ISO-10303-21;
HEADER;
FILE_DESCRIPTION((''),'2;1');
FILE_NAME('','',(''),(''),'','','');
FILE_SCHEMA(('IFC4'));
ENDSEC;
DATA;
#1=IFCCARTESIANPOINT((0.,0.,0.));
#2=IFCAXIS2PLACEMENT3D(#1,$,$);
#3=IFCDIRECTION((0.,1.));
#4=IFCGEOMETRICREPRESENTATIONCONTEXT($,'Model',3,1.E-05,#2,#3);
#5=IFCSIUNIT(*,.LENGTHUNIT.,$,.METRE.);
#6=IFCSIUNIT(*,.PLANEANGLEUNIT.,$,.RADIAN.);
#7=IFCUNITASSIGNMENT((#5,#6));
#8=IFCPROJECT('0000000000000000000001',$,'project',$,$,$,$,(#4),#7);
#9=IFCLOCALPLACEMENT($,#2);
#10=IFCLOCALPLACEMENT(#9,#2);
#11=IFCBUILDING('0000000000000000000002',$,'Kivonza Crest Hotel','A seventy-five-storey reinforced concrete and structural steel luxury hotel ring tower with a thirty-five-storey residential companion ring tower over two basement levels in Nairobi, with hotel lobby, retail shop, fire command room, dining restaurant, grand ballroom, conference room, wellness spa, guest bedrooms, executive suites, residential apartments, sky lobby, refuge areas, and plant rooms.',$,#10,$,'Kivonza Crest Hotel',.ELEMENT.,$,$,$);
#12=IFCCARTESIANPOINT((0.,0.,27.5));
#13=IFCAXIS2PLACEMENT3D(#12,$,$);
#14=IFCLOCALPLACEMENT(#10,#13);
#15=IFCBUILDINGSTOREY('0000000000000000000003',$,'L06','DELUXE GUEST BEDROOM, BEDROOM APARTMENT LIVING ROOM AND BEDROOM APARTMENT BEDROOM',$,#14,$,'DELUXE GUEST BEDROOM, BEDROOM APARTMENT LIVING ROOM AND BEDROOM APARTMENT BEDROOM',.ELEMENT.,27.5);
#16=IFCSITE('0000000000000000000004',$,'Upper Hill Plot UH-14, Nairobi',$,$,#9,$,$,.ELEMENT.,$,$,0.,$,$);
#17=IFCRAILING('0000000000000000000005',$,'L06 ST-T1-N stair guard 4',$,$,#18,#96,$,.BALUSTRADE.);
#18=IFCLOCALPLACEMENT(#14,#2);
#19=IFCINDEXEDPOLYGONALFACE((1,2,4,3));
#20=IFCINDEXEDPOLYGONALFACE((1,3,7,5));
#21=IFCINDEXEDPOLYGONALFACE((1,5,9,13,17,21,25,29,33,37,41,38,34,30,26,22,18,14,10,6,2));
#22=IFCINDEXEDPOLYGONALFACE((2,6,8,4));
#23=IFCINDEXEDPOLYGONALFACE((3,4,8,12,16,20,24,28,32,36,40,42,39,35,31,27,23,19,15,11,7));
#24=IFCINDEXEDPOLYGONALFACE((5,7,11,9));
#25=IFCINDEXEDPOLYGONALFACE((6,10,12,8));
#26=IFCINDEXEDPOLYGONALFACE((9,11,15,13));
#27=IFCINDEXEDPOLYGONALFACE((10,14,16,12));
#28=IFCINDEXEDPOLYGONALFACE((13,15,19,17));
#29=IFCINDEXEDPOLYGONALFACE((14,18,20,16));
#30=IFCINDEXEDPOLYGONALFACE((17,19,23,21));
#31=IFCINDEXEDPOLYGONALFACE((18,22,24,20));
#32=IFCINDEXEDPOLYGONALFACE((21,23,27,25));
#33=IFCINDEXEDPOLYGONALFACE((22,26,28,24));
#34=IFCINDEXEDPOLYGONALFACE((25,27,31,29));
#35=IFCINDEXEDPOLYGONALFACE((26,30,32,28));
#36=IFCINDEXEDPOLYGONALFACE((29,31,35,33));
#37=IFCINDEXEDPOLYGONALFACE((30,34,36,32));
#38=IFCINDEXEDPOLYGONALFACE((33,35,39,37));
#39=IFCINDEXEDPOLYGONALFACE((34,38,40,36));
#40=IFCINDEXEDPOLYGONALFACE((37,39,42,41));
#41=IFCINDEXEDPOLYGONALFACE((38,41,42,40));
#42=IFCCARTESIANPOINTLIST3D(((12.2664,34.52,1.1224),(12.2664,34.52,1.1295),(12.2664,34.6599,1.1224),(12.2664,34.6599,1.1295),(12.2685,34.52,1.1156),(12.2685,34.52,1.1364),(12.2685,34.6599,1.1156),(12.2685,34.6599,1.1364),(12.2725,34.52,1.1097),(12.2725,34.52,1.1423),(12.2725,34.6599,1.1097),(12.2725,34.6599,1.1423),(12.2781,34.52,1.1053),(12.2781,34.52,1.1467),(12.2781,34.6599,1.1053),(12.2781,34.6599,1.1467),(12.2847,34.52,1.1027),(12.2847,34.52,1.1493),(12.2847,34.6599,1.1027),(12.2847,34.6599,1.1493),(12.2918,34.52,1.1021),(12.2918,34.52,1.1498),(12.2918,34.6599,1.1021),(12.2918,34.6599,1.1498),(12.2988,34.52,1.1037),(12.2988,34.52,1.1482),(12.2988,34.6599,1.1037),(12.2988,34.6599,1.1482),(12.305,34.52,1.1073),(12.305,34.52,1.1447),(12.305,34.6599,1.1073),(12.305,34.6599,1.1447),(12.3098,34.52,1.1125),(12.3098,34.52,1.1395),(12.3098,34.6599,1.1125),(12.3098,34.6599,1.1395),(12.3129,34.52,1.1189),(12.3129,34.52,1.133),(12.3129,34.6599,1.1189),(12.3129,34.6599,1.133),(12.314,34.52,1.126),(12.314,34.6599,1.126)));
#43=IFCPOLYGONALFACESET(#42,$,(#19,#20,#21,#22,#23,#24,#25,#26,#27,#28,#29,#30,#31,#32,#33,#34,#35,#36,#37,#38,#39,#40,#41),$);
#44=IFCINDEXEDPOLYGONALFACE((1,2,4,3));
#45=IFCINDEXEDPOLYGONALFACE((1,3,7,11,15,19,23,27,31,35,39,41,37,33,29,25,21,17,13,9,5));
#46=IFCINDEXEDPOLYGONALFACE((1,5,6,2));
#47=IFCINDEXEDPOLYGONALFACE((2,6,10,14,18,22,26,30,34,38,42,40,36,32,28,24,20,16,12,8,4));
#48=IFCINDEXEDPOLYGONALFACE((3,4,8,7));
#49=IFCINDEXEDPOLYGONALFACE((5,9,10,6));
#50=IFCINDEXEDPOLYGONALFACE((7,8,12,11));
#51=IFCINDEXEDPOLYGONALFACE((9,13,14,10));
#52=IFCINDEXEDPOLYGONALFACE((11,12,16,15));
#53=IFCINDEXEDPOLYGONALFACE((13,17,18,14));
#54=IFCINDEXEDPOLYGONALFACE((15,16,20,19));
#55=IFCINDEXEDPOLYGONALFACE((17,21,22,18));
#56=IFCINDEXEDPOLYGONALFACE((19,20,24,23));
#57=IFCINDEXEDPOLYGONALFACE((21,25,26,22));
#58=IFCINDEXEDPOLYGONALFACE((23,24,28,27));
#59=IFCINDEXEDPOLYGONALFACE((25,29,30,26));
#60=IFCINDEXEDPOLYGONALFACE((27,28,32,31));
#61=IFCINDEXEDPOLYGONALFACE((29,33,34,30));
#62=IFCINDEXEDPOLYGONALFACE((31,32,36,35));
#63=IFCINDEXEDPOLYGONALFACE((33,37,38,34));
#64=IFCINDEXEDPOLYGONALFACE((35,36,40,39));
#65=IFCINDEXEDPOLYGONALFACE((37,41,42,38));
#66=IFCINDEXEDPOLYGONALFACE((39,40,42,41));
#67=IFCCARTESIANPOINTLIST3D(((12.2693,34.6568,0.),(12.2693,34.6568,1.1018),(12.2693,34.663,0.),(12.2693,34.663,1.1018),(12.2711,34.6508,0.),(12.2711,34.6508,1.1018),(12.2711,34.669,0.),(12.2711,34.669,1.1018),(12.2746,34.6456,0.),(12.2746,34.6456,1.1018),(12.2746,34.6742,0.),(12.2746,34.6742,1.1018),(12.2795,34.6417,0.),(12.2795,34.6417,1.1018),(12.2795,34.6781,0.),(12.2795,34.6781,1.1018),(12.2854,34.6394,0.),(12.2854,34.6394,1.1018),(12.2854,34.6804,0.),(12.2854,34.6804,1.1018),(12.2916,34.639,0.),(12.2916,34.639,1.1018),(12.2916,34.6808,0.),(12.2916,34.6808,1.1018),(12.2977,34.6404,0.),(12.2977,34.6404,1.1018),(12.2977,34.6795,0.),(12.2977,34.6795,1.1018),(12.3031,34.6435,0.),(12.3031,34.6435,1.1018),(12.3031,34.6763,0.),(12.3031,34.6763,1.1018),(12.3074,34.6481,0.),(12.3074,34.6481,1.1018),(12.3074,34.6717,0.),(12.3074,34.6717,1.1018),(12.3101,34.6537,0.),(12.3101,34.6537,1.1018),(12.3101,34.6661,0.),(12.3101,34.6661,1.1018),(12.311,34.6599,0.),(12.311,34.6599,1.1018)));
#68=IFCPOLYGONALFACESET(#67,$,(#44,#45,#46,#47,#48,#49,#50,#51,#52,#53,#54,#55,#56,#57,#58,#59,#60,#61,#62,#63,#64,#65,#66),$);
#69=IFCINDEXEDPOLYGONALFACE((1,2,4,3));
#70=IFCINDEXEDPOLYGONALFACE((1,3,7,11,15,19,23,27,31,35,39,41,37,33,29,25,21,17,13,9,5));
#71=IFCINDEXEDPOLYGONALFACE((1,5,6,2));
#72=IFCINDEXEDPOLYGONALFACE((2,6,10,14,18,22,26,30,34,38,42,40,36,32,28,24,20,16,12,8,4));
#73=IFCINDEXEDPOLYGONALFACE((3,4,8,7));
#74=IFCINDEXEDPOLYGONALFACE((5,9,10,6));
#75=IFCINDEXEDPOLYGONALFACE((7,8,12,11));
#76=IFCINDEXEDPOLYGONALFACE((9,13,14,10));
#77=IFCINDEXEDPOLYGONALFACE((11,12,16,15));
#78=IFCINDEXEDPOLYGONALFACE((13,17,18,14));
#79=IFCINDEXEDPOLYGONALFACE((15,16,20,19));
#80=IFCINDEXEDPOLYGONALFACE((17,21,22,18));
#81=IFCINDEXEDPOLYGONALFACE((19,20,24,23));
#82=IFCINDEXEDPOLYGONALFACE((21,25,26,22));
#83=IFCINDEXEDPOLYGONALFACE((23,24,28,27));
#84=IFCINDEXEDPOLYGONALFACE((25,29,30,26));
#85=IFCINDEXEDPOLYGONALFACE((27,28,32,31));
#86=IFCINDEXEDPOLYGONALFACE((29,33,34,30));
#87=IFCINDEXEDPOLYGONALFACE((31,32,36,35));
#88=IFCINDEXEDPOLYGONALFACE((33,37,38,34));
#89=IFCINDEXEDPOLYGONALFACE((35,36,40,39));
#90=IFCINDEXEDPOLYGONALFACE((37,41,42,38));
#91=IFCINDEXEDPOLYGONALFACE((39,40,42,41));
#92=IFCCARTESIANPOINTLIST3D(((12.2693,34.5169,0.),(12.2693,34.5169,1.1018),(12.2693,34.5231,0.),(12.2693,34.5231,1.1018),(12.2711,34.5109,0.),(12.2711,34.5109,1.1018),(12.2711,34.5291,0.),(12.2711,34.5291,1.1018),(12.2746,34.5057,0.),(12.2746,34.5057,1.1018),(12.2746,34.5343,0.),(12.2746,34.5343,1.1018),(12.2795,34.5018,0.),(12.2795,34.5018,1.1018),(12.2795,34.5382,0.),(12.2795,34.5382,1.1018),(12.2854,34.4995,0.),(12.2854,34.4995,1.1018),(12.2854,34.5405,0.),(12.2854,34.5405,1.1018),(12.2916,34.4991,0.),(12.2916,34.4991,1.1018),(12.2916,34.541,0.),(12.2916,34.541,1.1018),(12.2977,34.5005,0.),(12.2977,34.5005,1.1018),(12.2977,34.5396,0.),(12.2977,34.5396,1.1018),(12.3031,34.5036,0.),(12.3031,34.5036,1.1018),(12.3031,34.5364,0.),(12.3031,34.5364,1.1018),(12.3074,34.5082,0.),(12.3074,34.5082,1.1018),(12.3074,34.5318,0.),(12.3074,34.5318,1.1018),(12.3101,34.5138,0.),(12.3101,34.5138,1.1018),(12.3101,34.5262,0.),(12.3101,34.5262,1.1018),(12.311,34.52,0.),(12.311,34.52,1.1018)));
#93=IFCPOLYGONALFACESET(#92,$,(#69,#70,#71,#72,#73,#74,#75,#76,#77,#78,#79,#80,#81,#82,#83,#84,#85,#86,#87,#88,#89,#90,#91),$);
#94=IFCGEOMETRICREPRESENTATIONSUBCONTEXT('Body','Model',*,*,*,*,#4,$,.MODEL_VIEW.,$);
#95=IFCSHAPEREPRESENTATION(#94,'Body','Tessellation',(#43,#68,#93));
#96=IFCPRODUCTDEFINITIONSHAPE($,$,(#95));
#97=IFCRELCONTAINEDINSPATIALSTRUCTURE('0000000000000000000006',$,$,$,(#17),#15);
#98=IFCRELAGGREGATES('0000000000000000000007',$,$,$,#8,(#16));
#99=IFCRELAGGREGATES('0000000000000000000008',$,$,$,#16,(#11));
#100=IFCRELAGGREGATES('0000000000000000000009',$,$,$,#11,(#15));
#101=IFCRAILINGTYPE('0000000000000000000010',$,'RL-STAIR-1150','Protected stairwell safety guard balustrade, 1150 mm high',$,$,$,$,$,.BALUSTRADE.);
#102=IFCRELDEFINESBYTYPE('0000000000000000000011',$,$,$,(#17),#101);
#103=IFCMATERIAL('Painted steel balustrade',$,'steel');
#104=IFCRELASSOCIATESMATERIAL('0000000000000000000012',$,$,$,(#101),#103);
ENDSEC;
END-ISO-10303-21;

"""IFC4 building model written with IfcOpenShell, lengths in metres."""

from ifc_helpers import new_model, si_unit, direction, frame, origin, origin_2d, place, context, subcontext, project, spatial, circle, extrude, material, type_object, element, save


model = new_model("IFC4")

# Units and contexts
model_context = context("Model", 3, precision=1e-05, world=origin(), true_north=direction((0.0, 1.0)))
body_context = subcontext(model_context, "Body", "Model", "MODEL_VIEW")
ifc_project = project(units=[si_unit("LENGTHUNIT", "METRE"), si_unit("PLANEANGLEUNIT", "RADIAN")], contexts=[model_context])

# Site, building, storey
site_placement = place(None, origin())
site = spatial("IfcSite", under=ifc_project, at=site_placement, Name="Upper Hill Plot UH-14, Nairobi", CompositionType="ELEMENT", RefElevation=0.0)
building_placement = place(site_placement, origin())
building = spatial("IfcBuilding", under=site, at=building_placement, Name="Kivonza Crest Hotel", Description="A seventy-five-storey reinforced concrete and structural steel luxury hotel ring tower with a thirty-five-storey residential companion ring tower over two basement levels in Nairobi, with hotel lobby, retail shop, fire command room, dining restaurant, grand ballroom, conference room, wellness spa, guest bedrooms, executive suites, residential apartments, sky lobby, refuge areas, and plant rooms.", LongName="Kivonza Crest Hotel", CompositionType="ELEMENT")
storey_placement = place(building_placement, frame((0.0, 0.0, 27.5)))
storey = spatial("IfcBuildingStorey", under=building, at=storey_placement, Name="L06", Description="DELUXE GUEST BEDROOM, BEDROOM APARTMENT LIVING ROOM AND BEDROOM APARTMENT BEDROOM", LongName="DELUXE GUEST BEDROOM, BEDROOM APARTMENT LIVING ROOM AND BEDROOM APARTMENT BEDROOM", CompositionType="ELEMENT", Elevation=27.5)

# Railing
ifc_material_1 = material(Name="Painted steel balustrade", Category="steel")
railing_type_1 = type_object("IfcRailingType", Name="RL-STAIR-1150", Description="Protected stairwell safety guard balustrade, 1150 mm high", PredefinedType="BALUSTRADE", material=ifc_material_1)
railing_1_placement = place(storey_placement, frame((12.29, 34.6599, 0.0)))
element("IfcRailing", 1, at=railing_1_placement, inside=storey, type_object=railing_type_1, Name="L06 ST-T1-N stair guard 4", PredefinedType="BALUSTRADE", context=body_context, shape_type="SweptSolid", body=[
    extrude(circle(Radius=0.0239, at=origin_2d()), frame((0.0, 0.0, 1.126), z_axis=(0.0, -1.0, 0.0), x_axis=(1.0, 0.0, 0.0)), (0.0, 0.0, 1.0), 0.1399),
    extrude(circle(Radius=0.021, at=origin_2d()), origin(), (0.0, 0.0, 1.0), 1.1018),
    extrude(circle(Radius=0.021, at=origin_2d()), frame((0.0, -0.1399, 0.0)), (0.0, 0.0, 1.0), 1.1018),
])

save(model, "model.ifc")
